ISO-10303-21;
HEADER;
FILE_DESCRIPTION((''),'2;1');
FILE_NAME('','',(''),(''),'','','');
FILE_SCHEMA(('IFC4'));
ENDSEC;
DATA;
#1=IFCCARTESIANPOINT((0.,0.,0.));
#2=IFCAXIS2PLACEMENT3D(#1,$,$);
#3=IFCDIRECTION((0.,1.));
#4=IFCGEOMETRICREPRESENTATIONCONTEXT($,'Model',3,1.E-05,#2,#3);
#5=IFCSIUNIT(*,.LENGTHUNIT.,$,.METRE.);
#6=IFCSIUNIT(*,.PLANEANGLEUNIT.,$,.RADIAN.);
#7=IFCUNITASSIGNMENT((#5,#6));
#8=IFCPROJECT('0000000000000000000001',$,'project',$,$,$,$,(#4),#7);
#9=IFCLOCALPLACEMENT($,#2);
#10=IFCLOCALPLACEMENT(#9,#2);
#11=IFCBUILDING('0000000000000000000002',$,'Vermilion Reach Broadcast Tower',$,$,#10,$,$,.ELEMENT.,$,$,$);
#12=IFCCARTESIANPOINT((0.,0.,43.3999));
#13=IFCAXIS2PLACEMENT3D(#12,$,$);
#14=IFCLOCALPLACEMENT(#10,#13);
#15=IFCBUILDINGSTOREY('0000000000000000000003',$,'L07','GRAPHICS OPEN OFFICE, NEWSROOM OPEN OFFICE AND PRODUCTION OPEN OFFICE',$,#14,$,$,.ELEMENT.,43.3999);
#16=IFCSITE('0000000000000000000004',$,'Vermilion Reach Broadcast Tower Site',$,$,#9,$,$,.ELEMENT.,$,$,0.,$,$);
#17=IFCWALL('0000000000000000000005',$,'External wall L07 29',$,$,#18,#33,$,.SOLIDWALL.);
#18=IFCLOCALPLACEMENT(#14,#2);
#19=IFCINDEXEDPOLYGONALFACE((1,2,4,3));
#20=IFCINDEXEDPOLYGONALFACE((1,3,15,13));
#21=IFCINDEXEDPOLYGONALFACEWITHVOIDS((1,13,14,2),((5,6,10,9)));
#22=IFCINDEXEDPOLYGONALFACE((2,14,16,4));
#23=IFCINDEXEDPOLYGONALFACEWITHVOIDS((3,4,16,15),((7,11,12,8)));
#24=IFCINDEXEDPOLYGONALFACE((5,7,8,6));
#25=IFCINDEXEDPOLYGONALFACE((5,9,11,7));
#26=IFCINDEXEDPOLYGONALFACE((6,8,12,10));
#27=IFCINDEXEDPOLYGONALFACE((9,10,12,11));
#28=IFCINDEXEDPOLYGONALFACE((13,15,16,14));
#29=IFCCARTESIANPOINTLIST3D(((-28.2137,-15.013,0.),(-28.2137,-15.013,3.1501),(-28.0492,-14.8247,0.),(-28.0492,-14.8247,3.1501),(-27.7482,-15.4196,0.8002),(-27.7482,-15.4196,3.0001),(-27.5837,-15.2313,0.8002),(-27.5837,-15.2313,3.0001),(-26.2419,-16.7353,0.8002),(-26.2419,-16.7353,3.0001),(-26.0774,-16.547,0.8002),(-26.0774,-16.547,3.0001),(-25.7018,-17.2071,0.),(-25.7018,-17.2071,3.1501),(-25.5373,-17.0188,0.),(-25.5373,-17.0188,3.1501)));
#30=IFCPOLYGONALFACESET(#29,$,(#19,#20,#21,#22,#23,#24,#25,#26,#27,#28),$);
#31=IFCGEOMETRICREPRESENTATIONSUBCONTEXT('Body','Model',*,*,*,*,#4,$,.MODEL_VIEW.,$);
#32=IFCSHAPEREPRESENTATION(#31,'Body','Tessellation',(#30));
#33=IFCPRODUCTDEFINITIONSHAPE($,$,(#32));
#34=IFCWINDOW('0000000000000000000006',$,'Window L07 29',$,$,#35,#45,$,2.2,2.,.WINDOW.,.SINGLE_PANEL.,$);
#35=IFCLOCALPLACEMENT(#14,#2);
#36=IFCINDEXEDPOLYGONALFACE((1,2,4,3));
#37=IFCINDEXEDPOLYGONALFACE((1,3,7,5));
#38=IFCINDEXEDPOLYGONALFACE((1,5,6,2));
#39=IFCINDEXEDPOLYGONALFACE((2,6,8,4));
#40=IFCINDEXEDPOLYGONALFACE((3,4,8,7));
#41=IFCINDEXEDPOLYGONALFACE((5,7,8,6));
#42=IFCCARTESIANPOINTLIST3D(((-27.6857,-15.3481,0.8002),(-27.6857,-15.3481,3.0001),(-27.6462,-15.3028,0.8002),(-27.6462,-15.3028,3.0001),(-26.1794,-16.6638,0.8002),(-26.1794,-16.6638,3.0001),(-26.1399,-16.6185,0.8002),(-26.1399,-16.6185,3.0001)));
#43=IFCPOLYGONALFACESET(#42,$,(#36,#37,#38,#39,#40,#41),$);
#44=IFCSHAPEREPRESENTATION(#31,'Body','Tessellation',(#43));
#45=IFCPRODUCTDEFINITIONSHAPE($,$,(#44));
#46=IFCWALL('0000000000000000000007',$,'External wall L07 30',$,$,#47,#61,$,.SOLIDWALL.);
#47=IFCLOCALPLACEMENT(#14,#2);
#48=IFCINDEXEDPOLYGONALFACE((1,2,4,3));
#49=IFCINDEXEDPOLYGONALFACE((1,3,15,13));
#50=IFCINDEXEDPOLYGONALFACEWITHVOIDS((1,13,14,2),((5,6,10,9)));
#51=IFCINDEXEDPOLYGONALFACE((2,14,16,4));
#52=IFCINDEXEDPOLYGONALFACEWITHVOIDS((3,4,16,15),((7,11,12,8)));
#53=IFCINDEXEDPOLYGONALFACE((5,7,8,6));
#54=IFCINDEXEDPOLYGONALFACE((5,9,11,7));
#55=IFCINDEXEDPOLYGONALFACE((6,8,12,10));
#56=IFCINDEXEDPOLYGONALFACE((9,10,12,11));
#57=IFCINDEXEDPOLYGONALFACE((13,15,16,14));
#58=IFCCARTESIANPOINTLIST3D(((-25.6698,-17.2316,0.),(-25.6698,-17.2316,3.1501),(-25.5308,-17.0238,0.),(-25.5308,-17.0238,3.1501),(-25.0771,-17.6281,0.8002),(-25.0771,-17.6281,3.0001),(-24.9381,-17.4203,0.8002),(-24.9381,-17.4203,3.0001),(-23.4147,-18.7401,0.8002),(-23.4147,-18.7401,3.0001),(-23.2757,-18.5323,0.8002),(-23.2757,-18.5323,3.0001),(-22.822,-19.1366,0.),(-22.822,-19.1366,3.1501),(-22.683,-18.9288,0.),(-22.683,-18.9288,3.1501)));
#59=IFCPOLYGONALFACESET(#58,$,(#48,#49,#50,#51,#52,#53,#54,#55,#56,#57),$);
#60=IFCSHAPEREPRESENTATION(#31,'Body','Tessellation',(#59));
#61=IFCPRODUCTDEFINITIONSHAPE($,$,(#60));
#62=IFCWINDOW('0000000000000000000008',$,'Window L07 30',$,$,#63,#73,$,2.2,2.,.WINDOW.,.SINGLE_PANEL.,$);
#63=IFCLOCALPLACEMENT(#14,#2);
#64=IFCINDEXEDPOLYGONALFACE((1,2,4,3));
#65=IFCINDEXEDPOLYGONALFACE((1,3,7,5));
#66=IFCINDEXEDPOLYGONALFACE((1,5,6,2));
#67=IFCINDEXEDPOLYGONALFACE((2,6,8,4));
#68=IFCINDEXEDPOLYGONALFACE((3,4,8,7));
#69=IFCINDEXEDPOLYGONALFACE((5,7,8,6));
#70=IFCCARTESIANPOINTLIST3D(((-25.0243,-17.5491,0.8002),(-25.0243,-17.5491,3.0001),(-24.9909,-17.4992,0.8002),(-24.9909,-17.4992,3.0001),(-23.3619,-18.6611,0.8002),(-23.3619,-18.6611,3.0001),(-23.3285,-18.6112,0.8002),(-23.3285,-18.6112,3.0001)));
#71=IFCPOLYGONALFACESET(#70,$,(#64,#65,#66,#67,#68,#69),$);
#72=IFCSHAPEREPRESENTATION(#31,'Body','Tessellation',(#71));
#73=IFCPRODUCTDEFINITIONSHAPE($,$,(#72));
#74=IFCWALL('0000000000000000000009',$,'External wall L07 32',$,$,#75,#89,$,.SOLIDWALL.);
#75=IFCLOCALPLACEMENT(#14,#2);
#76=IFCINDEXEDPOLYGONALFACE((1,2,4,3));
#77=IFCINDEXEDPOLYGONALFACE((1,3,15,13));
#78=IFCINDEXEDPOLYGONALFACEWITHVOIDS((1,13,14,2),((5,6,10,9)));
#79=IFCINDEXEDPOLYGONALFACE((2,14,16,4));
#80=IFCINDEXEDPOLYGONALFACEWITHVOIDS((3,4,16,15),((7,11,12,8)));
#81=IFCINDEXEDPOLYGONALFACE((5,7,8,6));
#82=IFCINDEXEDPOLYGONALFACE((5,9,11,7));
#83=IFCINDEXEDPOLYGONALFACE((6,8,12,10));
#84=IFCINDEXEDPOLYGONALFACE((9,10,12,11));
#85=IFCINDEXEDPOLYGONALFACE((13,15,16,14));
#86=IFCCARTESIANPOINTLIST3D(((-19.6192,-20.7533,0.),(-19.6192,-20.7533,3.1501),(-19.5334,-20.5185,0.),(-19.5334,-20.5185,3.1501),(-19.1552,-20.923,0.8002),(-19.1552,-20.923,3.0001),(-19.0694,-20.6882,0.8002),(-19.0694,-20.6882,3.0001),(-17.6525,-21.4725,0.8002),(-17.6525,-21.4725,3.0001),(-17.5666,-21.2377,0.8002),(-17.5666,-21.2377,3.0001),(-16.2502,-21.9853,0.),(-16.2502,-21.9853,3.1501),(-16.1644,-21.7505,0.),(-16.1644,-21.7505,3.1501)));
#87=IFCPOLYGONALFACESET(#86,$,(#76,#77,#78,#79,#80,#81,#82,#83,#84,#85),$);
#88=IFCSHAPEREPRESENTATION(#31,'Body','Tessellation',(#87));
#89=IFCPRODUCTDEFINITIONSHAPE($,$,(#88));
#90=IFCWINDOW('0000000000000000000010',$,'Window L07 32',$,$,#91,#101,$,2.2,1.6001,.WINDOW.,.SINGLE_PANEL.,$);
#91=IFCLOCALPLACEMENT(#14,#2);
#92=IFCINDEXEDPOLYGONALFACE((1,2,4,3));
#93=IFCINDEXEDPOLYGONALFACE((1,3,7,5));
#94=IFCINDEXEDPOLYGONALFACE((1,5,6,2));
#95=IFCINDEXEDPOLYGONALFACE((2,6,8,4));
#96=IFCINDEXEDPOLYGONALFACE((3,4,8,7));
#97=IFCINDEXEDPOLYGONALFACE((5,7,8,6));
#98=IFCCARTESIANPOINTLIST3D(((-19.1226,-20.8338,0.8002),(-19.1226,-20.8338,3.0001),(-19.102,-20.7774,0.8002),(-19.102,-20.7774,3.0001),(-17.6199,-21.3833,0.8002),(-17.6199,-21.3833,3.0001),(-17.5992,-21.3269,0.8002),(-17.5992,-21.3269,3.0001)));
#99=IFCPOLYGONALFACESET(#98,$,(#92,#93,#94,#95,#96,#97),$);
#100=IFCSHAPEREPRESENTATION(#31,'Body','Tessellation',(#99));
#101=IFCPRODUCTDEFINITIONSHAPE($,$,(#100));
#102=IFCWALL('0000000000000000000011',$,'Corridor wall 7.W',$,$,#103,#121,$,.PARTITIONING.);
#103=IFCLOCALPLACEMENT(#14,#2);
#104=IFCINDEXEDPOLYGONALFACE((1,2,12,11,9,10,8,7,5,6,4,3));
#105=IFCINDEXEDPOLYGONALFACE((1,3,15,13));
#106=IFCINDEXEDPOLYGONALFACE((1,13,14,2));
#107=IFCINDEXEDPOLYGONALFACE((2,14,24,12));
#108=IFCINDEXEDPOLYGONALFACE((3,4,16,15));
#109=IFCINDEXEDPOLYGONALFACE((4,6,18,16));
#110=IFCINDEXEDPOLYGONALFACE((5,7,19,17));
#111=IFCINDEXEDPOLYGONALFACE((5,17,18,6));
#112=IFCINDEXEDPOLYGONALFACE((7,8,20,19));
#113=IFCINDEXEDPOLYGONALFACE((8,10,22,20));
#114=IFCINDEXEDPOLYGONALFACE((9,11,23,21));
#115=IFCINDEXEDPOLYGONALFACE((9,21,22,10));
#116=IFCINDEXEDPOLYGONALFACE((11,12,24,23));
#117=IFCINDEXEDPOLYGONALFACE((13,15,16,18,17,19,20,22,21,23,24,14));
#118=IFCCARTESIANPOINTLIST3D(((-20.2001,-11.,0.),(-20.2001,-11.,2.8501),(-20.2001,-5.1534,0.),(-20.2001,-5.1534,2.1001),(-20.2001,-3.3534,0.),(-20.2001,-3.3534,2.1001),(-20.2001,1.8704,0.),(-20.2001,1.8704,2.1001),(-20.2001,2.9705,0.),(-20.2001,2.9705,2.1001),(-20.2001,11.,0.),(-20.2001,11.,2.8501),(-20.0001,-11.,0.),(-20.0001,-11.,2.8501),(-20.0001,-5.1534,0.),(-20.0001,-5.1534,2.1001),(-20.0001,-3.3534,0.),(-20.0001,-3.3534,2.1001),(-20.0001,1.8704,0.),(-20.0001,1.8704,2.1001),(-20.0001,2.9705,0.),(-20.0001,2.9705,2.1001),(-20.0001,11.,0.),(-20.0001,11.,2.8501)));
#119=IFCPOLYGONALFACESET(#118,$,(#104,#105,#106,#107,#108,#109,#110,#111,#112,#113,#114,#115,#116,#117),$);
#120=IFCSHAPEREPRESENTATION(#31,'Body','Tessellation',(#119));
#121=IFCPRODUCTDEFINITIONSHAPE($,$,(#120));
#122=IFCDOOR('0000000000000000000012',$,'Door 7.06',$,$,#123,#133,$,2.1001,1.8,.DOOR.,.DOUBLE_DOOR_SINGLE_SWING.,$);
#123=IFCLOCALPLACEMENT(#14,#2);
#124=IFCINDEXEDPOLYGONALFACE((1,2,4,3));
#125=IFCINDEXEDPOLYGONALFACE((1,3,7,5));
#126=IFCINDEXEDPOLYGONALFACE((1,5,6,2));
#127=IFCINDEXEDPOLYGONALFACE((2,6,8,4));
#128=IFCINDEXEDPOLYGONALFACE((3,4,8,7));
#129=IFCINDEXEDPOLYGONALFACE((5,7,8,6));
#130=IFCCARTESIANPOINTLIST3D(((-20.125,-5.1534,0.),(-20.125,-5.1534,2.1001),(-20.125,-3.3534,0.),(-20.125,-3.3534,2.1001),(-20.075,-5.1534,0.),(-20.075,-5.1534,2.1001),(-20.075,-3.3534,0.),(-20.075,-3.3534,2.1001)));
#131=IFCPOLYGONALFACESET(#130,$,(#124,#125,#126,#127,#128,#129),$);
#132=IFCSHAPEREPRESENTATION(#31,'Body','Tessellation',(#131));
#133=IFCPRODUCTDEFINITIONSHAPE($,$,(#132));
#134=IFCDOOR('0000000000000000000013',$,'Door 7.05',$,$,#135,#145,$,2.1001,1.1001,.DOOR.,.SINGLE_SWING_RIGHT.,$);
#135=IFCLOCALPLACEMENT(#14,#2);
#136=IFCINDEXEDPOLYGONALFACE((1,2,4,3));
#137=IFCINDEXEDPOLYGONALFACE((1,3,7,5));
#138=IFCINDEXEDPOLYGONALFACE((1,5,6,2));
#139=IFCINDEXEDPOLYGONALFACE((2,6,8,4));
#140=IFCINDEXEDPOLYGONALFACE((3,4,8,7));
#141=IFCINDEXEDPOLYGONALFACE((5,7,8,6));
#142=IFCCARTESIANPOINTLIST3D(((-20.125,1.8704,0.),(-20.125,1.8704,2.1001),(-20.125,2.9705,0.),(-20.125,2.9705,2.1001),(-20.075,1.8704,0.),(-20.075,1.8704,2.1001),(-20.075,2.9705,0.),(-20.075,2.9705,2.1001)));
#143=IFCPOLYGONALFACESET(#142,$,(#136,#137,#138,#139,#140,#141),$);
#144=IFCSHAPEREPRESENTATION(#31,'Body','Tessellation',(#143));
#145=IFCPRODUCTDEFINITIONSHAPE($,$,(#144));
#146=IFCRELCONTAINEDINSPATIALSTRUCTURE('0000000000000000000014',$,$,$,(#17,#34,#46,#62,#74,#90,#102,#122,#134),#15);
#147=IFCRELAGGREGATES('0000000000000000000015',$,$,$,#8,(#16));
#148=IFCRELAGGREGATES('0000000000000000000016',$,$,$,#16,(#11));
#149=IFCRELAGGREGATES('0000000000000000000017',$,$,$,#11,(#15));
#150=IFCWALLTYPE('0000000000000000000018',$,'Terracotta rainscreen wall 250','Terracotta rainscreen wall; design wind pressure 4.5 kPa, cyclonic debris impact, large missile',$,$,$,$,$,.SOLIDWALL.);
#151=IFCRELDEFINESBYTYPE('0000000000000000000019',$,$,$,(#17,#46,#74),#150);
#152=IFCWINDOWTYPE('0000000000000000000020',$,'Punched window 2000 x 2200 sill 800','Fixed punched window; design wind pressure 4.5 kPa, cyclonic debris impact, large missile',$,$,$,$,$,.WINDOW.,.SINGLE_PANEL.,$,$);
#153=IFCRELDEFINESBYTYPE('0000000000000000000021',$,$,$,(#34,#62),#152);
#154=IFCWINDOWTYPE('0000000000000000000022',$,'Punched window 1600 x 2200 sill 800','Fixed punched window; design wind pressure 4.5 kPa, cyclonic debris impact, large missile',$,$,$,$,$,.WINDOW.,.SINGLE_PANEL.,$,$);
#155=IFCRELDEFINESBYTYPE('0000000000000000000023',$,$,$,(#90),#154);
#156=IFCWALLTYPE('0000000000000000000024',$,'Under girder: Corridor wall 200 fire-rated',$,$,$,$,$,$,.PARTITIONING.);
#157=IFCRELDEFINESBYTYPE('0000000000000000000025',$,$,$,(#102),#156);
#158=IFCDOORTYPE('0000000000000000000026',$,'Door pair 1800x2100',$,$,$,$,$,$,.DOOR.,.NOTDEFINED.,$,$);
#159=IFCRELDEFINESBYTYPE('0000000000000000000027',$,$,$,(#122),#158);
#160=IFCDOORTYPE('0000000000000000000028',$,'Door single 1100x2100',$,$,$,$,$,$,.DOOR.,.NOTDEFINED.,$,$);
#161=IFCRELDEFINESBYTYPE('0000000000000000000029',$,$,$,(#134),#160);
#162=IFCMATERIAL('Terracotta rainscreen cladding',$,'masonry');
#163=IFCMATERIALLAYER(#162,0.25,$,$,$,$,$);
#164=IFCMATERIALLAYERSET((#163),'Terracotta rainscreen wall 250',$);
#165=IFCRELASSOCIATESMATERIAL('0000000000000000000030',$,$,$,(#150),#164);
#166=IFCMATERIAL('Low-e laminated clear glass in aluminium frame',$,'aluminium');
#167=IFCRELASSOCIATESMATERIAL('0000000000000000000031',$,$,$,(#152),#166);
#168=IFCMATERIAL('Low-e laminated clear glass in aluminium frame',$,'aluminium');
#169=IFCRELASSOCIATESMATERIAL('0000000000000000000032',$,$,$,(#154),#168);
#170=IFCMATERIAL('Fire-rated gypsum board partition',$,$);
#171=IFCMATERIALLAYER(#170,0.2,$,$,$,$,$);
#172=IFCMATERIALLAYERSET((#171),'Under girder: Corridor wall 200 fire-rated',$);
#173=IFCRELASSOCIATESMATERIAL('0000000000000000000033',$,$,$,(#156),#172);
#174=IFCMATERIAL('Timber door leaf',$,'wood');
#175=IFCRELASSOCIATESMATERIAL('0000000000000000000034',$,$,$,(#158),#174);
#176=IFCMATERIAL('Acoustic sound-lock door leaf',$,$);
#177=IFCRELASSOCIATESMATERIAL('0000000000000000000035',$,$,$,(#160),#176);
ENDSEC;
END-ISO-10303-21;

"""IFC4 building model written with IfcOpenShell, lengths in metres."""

from ifc_helpers import new_model, si_unit, direction, frame, frame_2d, origin, place, context, subcontext, project, spatial, rectangle, extrude, material, layer, layer_set, type_object, element, fill, save


model = new_model("IFC4")

# Units and contexts
model_context = context("Model", 3, precision=1e-05, world=origin(), true_north=direction((0.0, 1.0)))
body_context = subcontext(model_context, "Body", "Model", "MODEL_VIEW")
ifc_project = project(units=[si_unit("LENGTHUNIT", "METRE"), si_unit("PLANEANGLEUNIT", "RADIAN")], contexts=[model_context])

# Site, building, storey
site_placement = place(None, origin())
site = spatial("IfcSite", under=ifc_project, at=site_placement, Name="Vermilion Reach Broadcast Tower Site", CompositionType="ELEMENT", RefElevation=0.0)
building_placement = place(site_placement, origin())
building = spatial("IfcBuilding", under=site, at=building_placement, Name="Vermilion Reach Broadcast Tower", CompositionType="ELEMENT")
storey_placement = place(building_placement, frame((0.0, 0.0, 43.3999)))
storey = spatial("IfcBuildingStorey", under=building, at=storey_placement, Name="L07", Description="GRAPHICS OPEN OFFICE, NEWSROOM OPEN OFFICE AND PRODUCTION OPEN OFFICE", CompositionType="ELEMENT", Elevation=43.3999)

# Shared definitions
ifc_material_1 = material(Name="Terracotta rainscreen cladding", Category="masonry")
ifc_layer_1 = layer(ifc_material_1, 0.25)
ifc_layer_set_1 = layer_set([ifc_layer_1], Name="Terracotta rainscreen wall 250")
wall_type_1 = type_object("IfcWallType", Name="Terracotta rainscreen wall 250", Description="Terracotta rainscreen wall; design wind pressure 4.5 kPa, cyclonic debris impact, large missile", PredefinedType="SOLIDWALL", material=ifc_layer_set_1)
ifc_material_2 = material(Name="Low-e laminated clear glass in aluminium frame", Category="aluminium")
window_type_1 = type_object("IfcWindowType", Name="Punched window 2000 x 2200 sill 800", Description="Fixed punched window; design wind pressure 4.5 kPa, cyclonic debris impact, large missile", PartitioningType="SINGLE_PANEL", PredefinedType="WINDOW", material=ifc_material_2)

# Walls, openings, windows
wall_1_placement = place(storey_placement, frame((-28.1313, -14.9189, 0.0), z_axis=(0.0, 0.0, 1.0), x_axis=(0.753152, -0.657846, 0.0)))
wall_1 = element("IfcWall", 1, at=wall_1_placement, inside=storey, type_object=wall_type_1, Name="External wall L07 29", PredefinedType="SOLIDWALL", context=body_context, shape_type="SweptSolid", body=[
    extrude(rectangle(XDim=3.3352, YDim=0.25, at=frame_2d((1.6675, 0.0))), origin(), (0.0, 0.0, 1.0), 3.1501),
])
opening_1_placement = place(wall_1_placement, frame((0.6179, 0.0, 0.8)))
opening_1 = element("IfcOpeningElement", 2, at=opening_1_placement, cuts=wall_1, PredefinedType="OPENING", context=body_context, shape_type="SweptSolid", body=[
    extrude(rectangle(XDim=2.0, YDim=2.2, at=frame_2d((1.0, 1.1001))), frame((0.0, 0.135, 0.0), z_axis=(0.0, -1.0, 0.0), x_axis=(1.0, 0.0, 0.0)), (0.0, 0.0, 1.0), 0.27),
])
window_1_placement = place(opening_1_placement, origin())
window_1 = element("IfcWindow", 3, at=window_1_placement, inside=storey, type_object=window_type_1, Name="Window L07 29", OverallHeight=2.2, OverallWidth=2.0, PartitioningType="SINGLE_PANEL", PredefinedType="WINDOW", context=body_context, shape_type="SweptSolid", body=[
    extrude(rectangle(XDim=2.0, YDim=2.2, at=frame_2d((1.0, 1.1001))), frame((0.0, 0.03, 0.0), z_axis=(0.0, -1.0, 0.0), x_axis=(1.0, 0.0, 0.0)), (0.0, 0.0, 1.0), 0.0601),
])
fill(opening_1, window_1)
wall_2_placement = place(storey_placement, frame((-25.6003, -17.1277, 0.0), z_axis=(0.0, 0.0, 1.0), x_axis=(0.831183, -0.555999, 0.0)))
wall_2 = element("IfcWall", 4, at=wall_2_placement, inside=storey, type_object=wall_type_1, Name="External wall L07 30", PredefinedType="SOLIDWALL", context=body_context, shape_type="SweptSolid", body=[
    extrude(rectangle(XDim=3.4263, YDim=0.25, at=frame_2d((1.7131, 0.0))), origin(), (0.0, 0.0, 1.0), 3.1501),
])
opening_2_placement = place(wall_2_placement, frame((0.7131, 0.0, 0.8)))
opening_2 = element("IfcOpeningElement", 5, at=opening_2_placement, cuts=wall_2, PredefinedType="OPENING", context=body_context, shape_type="SweptSolid", body=[
    extrude(rectangle(XDim=2.0, YDim=2.2, at=frame_2d((1.0, 1.1001))), frame((0.0, 0.135, 0.0), z_axis=(0.0, -1.0, 0.0), x_axis=(1.0, 0.0, 0.0)), (0.0, 0.0, 1.0), 0.27),
])
window_2_placement = place(opening_2_placement, origin())
window_2 = element("IfcWindow", 6, at=window_2_placement, inside=storey, type_object=window_type_1, Name="Window L07 30", OverallHeight=2.2, OverallWidth=2.0, PartitioningType="SINGLE_PANEL", PredefinedType="WINDOW", context=body_context, shape_type="SweptSolid", body=[
    extrude(rectangle(XDim=2.0, YDim=2.2, at=frame_2d((1.0, 1.1001))), frame((0.0, 0.03, 0.0), z_axis=(0.0, -1.0, 0.0), x_axis=(1.0, 0.0, 0.0)), (0.0, 0.0, 1.0), 0.0601),
])
fill(opening_2, window_2)

# Wall, opening, window
wall_3_placement = place(storey_placement, frame((-19.5762, -20.636, 0.0), z_axis=(0.0, 0.0, 1.0), x_axis=(0.939176, -0.343437, 0.0)))
wall_3 = element("IfcWall", 7, at=wall_3_placement, inside=storey, type_object=wall_type_1, Name="External wall L07 32", PredefinedType="SOLIDWALL", context=body_context, shape_type="SweptSolid", body=[
    extrude(rectangle(XDim=3.5872, YDim=0.25, at=frame_2d((1.7935, 0.0))), origin(), (0.0, 0.0, 1.0), 3.1501),
])
opening_3_placement = place(wall_3_placement, frame((0.4939, 0.0, 0.8)))
opening_3 = element("IfcOpeningElement", 8, at=opening_3_placement, cuts=wall_3, PredefinedType="OPENING", context=body_context, shape_type="SweptSolid", body=[
    extrude(rectangle(XDim=1.6001, YDim=2.2, at=frame_2d((0.8, 1.1001))), frame((0.0, 0.135, 0.0), z_axis=(0.0, -1.0, 0.0), x_axis=(1.0, 0.0, 0.0)), (0.0, 0.0, 1.0), 0.27),
])
ifc_material_3 = material(Name="Low-e laminated clear glass in aluminium frame", Category="aluminium")
window_type_2 = type_object("IfcWindowType", Name="Punched window 1600 x 2200 sill 800", Description="Fixed punched window; design wind pressure 4.5 kPa, cyclonic debris impact, large missile", PartitioningType="SINGLE_PANEL", PredefinedType="WINDOW", material=ifc_material_3)
window_3_placement = place(opening_3_placement, origin())
window_3 = element("IfcWindow", 9, at=window_3_placement, inside=storey, type_object=window_type_2, Name="Window L07 32", OverallHeight=2.2, OverallWidth=1.6001, PartitioningType="SINGLE_PANEL", PredefinedType="WINDOW", context=body_context, shape_type="SweptSolid", body=[
    extrude(rectangle(XDim=1.6001, YDim=2.2, at=frame_2d((0.8, 1.1001))), frame((0.0, 0.03, 0.0), z_axis=(0.0, -1.0, 0.0), x_axis=(1.0, 0.0, 0.0)), (0.0, 0.0, 1.0), 0.0601),
])
fill(opening_3, window_3)

# Wall, openings, doors
ifc_material_4 = material(Name="Fire-rated gypsum board partition")
ifc_layer_2 = layer(ifc_material_4, 0.2)
ifc_layer_set_2 = layer_set([ifc_layer_2], Name="Under girder: Corridor wall 200 fire-rated")
wall_type_2 = type_object("IfcWallType", Name="Under girder: Corridor wall 200 fire-rated", PredefinedType="PARTITIONING", material=ifc_layer_set_2)
wall_4_placement = place(storey_placement, frame((-20.1001, -11.0, 0.0), z_axis=(0.0, 0.0, 1.0), x_axis=(0.0, 1.0, 0.0)))
wall_4 = element("IfcWall", 10, at=wall_4_placement, inside=storey, type_object=wall_type_2, Name="Corridor wall 7.W", PredefinedType="PARTITIONING", context=body_context, shape_type="SweptSolid", body=[
    extrude(rectangle(XDim=22.0, YDim=0.2, at=frame_2d((11.0, 0.0))), origin(), (0.0, 0.0, 1.0), 2.8501),
])
opening_4_placement = place(wall_4_placement, frame((12.8704, 0.0, 0.0)))
opening_4 = element("IfcOpeningElement", 11, at=opening_4_placement, cuts=wall_4, PredefinedType="OPENING", context=body_context, shape_type="SweptSolid", body=[
    extrude(rectangle(XDim=1.1001, YDim=2.1001, at=frame_2d((0.55, 1.05))), frame((0.0, 0.1099, 0.0), z_axis=(0.0, -1.0, 0.0), x_axis=(1.0, 0.0, 0.0)), (0.0, 0.0, 1.0), 0.22),
])
opening_5_placement = place(wall_4_placement, frame((5.8467, 0.0, 0.0)))
opening_5 = element("IfcOpeningElement", 12, at=opening_5_placement, cuts=wall_4, PredefinedType="OPENING", context=body_context, shape_type="SweptSolid", body=[
    extrude(rectangle(XDim=1.8, YDim=2.1001, at=frame_2d((0.8999, 1.05))), frame((0.0, 0.1099, 0.0), z_axis=(0.0, -1.0, 0.0), x_axis=(1.0, 0.0, 0.0)), (0.0, 0.0, 1.0), 0.22),
])
ifc_material_5 = material(Name="Timber door leaf", Category="wood")
door_type_1 = type_object("IfcDoorType", Name="Door pair 1800x2100", OperationType="NOTDEFINED", PredefinedType="DOOR", material=ifc_material_5)
door_1_placement = place(opening_5_placement, origin())
door_1 = element("IfcDoor", 13, at=door_1_placement, inside=storey, type_object=door_type_1, Name="Door 7.06", OperationType="DOUBLE_DOOR_SINGLE_SWING", OverallHeight=2.1001, OverallWidth=1.8, PredefinedType="DOOR", context=body_context, shape_type="SweptSolid", body=[
    extrude(rectangle(XDim=1.8, YDim=2.1001, at=frame_2d((0.8999, 1.05))), frame((0.0, 0.0249, 0.0), z_axis=(0.0, -1.0, 0.0), x_axis=(1.0, 0.0, 0.0)), (0.0, 0.0, 1.0), 0.05),
])
fill(opening_5, door_1)
ifc_material_6 = material(Name="Acoustic sound-lock door leaf")
door_type_2 = type_object("IfcDoorType", Name="Door single 1100x2100", OperationType="NOTDEFINED", PredefinedType="DOOR", material=ifc_material_6)
door_2_placement = place(opening_4_placement, origin())
door_2 = element("IfcDoor", 14, at=door_2_placement, inside=storey, type_object=door_type_2, Name="Door 7.05", OperationType="SINGLE_SWING_RIGHT", OverallHeight=2.1001, OverallWidth=1.1001, PredefinedType="DOOR", context=body_context, shape_type="SweptSolid", body=[
    extrude(rectangle(XDim=1.1001, YDim=2.1001, at=frame_2d((0.55, 1.05))), frame((0.0, 0.0249, 0.0), z_axis=(0.0, -1.0, 0.0), x_axis=(1.0, 0.0, 0.0)), (0.0, 0.0, 1.0), 0.05),
])
fill(opening_4, door_2)

save(model, "model.ifc")
